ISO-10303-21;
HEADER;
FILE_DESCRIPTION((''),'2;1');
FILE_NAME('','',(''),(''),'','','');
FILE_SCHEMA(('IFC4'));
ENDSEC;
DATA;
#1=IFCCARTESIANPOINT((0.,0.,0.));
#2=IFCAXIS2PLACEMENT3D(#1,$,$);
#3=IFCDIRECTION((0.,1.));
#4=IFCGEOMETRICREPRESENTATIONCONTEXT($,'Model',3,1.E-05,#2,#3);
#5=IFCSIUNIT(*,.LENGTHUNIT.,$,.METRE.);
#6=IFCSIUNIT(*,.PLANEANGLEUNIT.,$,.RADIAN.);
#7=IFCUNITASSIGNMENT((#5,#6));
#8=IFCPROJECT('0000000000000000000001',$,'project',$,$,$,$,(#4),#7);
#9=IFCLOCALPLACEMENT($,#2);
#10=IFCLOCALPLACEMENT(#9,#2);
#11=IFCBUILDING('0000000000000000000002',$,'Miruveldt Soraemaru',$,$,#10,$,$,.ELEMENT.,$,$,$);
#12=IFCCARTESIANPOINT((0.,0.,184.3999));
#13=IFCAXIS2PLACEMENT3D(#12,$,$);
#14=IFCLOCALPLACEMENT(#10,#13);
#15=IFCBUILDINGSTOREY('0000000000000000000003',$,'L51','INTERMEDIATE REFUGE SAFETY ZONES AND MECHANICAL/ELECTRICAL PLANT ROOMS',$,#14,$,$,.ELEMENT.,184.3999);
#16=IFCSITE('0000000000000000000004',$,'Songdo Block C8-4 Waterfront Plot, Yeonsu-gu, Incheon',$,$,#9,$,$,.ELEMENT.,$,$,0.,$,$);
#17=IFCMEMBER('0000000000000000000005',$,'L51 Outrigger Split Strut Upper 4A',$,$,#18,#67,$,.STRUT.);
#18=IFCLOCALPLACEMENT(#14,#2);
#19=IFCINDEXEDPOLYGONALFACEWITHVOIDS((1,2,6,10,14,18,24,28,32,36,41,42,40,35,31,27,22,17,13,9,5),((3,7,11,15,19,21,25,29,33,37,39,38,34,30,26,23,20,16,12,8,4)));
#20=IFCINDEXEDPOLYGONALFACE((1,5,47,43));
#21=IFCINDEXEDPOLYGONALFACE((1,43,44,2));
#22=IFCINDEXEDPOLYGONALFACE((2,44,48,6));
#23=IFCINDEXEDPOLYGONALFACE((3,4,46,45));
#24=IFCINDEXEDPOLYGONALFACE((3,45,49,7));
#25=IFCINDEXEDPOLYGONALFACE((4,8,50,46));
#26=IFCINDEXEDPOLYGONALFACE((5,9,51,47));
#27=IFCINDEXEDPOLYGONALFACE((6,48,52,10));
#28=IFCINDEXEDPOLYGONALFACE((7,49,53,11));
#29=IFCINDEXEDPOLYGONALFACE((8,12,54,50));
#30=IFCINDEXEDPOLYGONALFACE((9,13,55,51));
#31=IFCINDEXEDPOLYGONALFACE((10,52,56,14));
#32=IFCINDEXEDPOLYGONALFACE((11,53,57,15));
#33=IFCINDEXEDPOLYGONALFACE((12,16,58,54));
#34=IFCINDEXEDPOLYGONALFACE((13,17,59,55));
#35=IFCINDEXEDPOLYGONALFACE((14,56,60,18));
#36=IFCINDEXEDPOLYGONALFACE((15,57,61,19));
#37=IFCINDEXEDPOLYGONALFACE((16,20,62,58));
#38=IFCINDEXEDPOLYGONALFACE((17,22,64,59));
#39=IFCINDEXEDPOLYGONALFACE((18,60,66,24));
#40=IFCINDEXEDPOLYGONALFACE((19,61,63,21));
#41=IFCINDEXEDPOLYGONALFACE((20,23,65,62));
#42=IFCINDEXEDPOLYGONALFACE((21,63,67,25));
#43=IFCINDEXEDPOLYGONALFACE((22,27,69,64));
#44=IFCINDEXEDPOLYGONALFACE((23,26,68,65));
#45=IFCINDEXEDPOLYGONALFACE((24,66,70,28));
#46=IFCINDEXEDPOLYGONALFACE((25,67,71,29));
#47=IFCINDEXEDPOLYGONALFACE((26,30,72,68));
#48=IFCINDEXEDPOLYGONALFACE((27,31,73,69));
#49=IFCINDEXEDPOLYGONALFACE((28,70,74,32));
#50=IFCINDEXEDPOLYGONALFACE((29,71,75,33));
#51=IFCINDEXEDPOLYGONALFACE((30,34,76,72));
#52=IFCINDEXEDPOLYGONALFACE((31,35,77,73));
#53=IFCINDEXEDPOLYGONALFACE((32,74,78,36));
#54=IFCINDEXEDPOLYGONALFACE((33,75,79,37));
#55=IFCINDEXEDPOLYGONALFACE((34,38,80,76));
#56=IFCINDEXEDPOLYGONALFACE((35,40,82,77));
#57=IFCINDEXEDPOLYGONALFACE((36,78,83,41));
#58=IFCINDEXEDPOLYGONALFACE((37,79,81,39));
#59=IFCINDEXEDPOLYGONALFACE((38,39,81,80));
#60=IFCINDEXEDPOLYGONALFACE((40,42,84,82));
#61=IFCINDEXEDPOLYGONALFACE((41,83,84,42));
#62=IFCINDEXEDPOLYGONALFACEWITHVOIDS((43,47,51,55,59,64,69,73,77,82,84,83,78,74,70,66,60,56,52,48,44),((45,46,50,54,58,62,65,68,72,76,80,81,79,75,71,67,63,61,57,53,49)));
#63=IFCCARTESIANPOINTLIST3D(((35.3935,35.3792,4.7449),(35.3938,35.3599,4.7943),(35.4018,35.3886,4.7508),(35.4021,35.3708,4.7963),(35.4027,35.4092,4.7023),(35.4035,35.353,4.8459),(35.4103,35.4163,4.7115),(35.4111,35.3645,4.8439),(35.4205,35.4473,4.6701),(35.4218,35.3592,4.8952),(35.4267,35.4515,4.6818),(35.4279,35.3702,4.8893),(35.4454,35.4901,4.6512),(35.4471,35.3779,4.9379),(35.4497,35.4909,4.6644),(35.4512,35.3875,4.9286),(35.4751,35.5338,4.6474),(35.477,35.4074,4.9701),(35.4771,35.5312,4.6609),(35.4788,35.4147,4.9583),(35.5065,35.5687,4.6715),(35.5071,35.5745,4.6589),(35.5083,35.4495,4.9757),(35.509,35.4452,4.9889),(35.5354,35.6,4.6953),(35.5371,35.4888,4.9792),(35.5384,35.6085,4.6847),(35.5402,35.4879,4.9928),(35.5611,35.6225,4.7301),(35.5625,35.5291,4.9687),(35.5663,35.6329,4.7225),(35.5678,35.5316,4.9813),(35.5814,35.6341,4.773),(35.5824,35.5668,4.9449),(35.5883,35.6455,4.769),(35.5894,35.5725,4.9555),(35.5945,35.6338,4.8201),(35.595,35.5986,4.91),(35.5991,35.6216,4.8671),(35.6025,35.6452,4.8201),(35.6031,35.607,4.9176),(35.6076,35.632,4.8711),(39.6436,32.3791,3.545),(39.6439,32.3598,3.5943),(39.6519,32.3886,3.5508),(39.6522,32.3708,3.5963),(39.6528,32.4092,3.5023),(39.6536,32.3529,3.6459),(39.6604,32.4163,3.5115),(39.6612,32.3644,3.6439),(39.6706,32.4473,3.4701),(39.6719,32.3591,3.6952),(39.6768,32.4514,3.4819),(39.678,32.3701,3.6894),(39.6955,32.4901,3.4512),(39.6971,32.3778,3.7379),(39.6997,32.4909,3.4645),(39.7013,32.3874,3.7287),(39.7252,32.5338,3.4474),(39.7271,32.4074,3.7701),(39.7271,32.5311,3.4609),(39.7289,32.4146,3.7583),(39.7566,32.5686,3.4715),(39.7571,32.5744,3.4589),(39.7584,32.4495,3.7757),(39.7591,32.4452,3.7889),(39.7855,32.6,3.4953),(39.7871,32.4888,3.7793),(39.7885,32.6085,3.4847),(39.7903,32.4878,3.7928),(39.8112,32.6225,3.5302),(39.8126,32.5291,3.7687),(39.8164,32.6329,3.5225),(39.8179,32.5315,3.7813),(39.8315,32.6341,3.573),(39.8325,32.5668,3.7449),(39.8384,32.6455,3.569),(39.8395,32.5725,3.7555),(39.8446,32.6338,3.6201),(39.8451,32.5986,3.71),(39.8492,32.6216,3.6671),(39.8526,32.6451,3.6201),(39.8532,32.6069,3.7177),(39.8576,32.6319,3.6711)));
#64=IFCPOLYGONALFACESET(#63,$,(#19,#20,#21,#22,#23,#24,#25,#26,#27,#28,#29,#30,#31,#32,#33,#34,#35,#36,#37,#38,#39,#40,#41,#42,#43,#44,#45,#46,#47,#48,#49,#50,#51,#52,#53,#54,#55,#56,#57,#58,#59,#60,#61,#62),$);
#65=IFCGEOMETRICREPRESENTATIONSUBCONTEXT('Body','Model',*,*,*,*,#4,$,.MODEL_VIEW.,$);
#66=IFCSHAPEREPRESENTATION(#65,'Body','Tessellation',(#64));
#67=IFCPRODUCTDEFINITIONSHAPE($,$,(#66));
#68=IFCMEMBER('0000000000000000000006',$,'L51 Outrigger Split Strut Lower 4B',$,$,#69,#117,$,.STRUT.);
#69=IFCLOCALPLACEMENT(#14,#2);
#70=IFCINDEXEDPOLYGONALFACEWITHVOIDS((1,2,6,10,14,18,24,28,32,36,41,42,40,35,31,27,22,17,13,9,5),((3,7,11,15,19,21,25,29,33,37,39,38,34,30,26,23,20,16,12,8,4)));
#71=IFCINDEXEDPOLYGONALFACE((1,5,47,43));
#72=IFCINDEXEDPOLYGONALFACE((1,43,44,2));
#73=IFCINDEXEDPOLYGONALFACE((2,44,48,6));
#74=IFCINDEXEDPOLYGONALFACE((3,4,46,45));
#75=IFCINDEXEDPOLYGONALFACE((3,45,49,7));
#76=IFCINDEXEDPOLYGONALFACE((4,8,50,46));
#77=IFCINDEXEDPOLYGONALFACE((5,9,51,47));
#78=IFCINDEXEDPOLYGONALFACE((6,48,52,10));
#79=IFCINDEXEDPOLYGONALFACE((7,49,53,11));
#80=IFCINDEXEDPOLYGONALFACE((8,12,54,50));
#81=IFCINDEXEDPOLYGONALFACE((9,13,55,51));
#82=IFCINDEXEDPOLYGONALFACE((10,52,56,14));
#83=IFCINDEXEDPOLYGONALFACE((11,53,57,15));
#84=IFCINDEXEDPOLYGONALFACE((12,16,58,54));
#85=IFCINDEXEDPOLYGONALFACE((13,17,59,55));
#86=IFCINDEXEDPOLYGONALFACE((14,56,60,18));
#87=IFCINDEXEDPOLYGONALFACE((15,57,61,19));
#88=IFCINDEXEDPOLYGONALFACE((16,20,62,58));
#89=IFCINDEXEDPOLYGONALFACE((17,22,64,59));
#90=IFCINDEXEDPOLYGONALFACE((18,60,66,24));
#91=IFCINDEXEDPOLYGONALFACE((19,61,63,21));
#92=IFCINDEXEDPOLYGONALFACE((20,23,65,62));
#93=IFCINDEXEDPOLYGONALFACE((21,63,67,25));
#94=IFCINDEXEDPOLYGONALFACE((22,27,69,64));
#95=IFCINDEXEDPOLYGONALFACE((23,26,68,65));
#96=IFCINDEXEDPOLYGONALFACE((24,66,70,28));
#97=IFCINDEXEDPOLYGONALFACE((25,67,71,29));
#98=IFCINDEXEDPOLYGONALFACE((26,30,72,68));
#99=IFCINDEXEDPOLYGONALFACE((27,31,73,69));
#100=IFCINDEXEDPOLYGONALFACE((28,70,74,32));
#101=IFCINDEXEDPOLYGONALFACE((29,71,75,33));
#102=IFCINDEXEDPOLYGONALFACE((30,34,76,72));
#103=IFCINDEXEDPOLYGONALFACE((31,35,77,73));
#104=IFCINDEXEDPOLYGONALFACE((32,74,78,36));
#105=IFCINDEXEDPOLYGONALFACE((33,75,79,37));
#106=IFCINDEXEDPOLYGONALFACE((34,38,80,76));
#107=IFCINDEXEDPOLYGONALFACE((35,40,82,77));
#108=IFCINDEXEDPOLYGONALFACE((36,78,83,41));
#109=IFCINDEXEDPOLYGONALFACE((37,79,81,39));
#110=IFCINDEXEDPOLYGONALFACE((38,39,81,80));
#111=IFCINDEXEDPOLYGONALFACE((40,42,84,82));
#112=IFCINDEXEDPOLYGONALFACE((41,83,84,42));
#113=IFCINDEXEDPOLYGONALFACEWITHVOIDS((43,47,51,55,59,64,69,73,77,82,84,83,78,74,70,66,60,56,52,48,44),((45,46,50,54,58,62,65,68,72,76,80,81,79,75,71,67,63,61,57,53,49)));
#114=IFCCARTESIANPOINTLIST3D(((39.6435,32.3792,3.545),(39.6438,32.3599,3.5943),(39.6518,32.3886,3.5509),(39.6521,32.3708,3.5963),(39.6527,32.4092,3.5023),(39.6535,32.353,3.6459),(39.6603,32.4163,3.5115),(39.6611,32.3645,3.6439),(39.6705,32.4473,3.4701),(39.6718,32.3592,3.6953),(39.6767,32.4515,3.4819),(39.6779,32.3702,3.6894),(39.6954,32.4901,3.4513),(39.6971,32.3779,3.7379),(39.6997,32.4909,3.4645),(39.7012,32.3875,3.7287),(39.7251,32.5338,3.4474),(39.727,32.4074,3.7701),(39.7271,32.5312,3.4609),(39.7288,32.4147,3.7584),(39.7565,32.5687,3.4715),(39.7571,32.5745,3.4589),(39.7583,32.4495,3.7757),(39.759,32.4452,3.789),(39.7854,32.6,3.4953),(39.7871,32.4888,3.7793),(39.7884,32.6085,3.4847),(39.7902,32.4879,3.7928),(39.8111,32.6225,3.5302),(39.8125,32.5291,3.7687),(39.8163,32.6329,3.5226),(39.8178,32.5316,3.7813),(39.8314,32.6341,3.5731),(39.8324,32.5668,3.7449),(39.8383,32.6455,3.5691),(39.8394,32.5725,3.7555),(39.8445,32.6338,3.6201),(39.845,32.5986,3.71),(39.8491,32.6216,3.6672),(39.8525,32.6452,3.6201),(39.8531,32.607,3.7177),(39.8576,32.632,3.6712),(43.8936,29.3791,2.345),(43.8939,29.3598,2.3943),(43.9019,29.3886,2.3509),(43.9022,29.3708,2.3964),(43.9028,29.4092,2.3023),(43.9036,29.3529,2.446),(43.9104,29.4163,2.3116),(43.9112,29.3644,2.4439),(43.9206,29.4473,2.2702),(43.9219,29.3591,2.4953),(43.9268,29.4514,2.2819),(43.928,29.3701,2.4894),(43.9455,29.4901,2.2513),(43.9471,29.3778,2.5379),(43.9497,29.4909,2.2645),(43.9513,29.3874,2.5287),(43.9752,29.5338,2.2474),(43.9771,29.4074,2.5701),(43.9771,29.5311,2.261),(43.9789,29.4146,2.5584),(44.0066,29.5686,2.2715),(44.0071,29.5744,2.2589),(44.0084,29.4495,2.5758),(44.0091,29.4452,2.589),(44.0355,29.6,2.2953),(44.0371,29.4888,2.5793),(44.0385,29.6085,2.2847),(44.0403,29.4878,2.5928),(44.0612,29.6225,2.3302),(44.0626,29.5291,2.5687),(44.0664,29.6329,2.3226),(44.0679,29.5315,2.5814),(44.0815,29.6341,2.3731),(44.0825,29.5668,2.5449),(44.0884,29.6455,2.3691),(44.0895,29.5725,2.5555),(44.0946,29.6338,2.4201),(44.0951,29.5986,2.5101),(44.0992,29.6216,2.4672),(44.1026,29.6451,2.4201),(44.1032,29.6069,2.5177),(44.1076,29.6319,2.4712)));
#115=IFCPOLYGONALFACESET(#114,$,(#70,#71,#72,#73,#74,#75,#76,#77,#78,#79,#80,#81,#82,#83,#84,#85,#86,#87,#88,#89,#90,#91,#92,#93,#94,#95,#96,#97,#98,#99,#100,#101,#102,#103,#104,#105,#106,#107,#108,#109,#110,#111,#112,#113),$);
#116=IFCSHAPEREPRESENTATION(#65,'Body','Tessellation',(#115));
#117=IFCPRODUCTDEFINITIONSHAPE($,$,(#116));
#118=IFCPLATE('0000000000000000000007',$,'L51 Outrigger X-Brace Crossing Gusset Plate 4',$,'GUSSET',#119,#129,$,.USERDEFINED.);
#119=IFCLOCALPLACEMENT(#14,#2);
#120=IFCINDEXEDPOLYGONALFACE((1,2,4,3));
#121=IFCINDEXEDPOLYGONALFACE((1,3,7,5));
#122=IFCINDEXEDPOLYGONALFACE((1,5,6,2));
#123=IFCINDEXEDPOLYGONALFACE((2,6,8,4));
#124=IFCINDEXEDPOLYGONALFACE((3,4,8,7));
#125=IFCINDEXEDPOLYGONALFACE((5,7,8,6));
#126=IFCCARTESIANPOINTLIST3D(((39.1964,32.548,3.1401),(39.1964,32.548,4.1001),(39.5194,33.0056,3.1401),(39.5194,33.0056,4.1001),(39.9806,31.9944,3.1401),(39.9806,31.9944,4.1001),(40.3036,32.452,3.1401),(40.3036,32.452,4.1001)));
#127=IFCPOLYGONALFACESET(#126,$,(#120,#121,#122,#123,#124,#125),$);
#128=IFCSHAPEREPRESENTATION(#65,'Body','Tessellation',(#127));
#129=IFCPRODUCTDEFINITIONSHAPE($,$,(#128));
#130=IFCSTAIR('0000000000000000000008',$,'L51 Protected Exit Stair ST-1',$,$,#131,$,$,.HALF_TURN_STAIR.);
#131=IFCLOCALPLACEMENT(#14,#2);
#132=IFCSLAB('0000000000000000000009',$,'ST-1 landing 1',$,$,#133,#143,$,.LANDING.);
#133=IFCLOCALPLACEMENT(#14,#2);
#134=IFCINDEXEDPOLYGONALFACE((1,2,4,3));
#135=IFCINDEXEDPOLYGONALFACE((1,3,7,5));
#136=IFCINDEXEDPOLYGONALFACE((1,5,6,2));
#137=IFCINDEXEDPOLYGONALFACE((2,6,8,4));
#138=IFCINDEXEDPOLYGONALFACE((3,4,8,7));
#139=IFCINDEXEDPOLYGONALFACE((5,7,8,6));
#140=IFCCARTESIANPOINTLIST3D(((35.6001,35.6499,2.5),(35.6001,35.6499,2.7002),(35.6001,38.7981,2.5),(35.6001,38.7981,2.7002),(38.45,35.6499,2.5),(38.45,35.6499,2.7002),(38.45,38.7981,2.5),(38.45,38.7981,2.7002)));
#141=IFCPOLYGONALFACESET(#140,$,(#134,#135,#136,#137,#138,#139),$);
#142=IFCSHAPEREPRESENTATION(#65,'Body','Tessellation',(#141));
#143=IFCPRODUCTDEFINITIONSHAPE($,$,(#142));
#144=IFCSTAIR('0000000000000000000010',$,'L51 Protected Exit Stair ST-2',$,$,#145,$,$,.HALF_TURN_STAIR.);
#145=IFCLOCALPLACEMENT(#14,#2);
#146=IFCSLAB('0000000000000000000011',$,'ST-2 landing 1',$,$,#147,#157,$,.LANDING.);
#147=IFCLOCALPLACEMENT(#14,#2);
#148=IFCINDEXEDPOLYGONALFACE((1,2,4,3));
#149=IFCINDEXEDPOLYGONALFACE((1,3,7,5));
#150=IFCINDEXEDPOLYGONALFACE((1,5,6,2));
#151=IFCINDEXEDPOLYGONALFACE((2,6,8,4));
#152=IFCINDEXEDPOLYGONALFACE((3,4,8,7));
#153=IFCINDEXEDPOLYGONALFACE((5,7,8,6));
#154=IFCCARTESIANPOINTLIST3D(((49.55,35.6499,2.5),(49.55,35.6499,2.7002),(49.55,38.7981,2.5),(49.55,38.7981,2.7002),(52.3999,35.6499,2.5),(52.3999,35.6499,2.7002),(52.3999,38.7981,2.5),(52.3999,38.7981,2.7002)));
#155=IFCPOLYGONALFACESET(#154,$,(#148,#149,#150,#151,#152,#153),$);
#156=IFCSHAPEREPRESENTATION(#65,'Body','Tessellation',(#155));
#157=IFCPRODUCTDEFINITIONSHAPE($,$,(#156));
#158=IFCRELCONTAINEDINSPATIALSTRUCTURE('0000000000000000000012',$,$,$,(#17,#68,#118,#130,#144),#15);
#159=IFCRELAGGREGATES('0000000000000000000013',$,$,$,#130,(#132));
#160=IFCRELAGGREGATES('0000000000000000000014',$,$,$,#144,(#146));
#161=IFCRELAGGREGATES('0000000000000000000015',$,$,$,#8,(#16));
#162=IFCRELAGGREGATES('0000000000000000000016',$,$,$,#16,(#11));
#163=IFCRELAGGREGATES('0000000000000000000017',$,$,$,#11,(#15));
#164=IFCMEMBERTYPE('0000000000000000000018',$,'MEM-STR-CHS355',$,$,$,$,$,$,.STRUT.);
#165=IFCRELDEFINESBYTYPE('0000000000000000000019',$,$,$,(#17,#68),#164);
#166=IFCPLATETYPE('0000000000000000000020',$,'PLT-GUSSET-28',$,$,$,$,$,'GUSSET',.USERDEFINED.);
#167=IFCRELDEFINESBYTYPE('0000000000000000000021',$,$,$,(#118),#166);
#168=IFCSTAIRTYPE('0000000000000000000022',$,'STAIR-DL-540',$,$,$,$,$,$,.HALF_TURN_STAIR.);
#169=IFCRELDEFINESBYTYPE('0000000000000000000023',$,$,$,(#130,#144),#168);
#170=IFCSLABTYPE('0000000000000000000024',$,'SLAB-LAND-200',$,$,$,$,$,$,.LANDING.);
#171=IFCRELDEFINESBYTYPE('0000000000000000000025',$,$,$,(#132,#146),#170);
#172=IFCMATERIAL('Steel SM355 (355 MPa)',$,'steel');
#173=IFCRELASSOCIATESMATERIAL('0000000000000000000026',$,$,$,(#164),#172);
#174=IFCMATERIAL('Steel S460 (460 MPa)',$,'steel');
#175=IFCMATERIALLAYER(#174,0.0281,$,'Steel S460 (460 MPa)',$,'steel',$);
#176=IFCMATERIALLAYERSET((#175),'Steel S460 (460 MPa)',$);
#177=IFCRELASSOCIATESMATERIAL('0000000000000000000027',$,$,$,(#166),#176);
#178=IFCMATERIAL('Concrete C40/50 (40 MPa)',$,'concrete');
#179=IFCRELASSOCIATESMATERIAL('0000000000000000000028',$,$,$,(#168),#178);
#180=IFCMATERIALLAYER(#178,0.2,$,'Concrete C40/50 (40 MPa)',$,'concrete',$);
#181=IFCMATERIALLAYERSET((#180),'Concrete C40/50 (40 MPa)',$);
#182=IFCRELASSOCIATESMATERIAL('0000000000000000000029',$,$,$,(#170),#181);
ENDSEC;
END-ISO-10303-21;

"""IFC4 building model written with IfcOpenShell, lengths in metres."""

from ifc_helpers import new_model, si_unit, direction, frame, origin, origin_2d, place, context, subcontext, project, spatial, polyline, rectangle, hollow_circle, outline, extrude, material, layer, layer_set, material_profile, profile_set, type_object, element, aggregate, save


model = new_model("IFC4")

# Units and contexts
model_context = context("Model", 3, precision=1e-05, world=origin(), true_north=direction((0.0, 1.0)))
body_context = subcontext(model_context, "Body", "Model", "MODEL_VIEW")
ifc_project = project(units=[si_unit("LENGTHUNIT", "METRE"), si_unit("PLANEANGLEUNIT", "RADIAN")], contexts=[model_context])

# Site, building, storey
site_placement = place(None, origin())
site = spatial("IfcSite", under=ifc_project, at=site_placement, Name="Songdo Block C8-4 Waterfront Plot, Yeonsu-gu, Incheon", CompositionType="ELEMENT", RefElevation=0.0)
building_placement = place(site_placement, origin())
building = spatial("IfcBuilding", under=site, at=building_placement, Name="Miruveldt Soraemaru", CompositionType="ELEMENT")
storey_placement = place(building_placement, frame((0.0, 0.0, 184.3999)))
storey = spatial("IfcBuildingStorey", under=building, at=storey_placement, Name="L51", Description="INTERMEDIATE REFUGE SAFETY ZONES AND MECHANICAL/ELECTRICAL PLANT ROOMS", CompositionType="ELEMENT", Elevation=184.3999)

# Shared definitions
ifc_material_1 = material(Name="Steel SM355 (355 MPa)", Category="steel")
ifc_material_2 = material(Name="Steel S460 (460 MPa)", Category="steel")

# Members
ifc_material_profile_1 = material_profile(ifc_material_1, hollow_circle(Radius=0.1777, WallThickness=0.0139, at=origin_2d()), Name="Steel SM355 (355 MPa)", Category="steel")
ifc_profile_set_1 = profile_set([ifc_material_profile_1], Name="Steel SM355 (355 MPa)")
member_type_1 = type_object("IfcMemberType", Name="MEM-STR-CHS355", PredefinedType="STRUT", material=ifc_profile_set_1)
for number, where, z_axis, x_axis, name in (
    (1, (35.5, 35.5, 4.8201), (0.796065, -0.561928, -0.224762), (0.576683, 0.816968, 0.0), "L51 Outrigger Split Strut Upper 4A"),
    (2, (39.75, 32.5, 3.6201), (0.796065, -0.561928, -0.224762), (0.576683, 0.816968, 0.0), "L51 Outrigger Split Strut Lower 4B"),
):
    element("IfcMember", number, at=place(storey_placement, frame(where, z_axis=z_axis, x_axis=x_axis)), inside=storey, type_object=member_type_1, Name=name, PredefinedType="STRUT", context=body_context, shape_type="SweptSolid", body=[
        extrude(hollow_circle(Radius=0.1777, WallThickness=0.0139, at=origin_2d()), origin(), (0.0, 0.0, 1.0), 5.3389),
    ])

# Plate
ifc_layer_1 = layer(ifc_material_2, 0.0281, Name="Steel S460 (460 MPa)", Category="steel")
ifc_layer_set_1 = layer_set([ifc_layer_1], Name="Steel S460 (460 MPa)")
plate_type = type_object("IfcPlateType", Name="PLT-GUSSET-28", ElementType="GUSSET", PredefinedType="USERDEFINED", material=ifc_layer_set_1)
plate_placement = place(storey_placement, frame((39.75, 32.5, 3.1401), z_axis=(0.0, 0.0, 1.0), x_axis=(0.816944, -0.576718, 0.0)))
element("IfcPlate", 3, at=plate_placement, inside=storey, type_object=plate_type, Name="L51 Outrigger X-Brace Crossing Gusset Plate 4", ObjectType="GUSSET", PredefinedType="USERDEFINED", context=body_context, shape_type="SweptSolid", body=[
    extrude(rectangle(XDim=0.96, YDim=0.5601, at=origin_2d()), origin(), (0.0, 0.0, 1.0), 0.96),
])

# Stairs, slabs
ifc_material_3 = material(Name="Concrete C40/50 (40 MPa)", Category="concrete")
stair_type = type_object("IfcStairType", Name="STAIR-DL-540", PredefinedType="HALF_TURN_STAIR", material=ifc_material_3)
stair_1_placement = place(storey_placement, origin())
stair_1 = element("IfcStair", 4, at=stair_1_placement, inside=storey, type_object=stair_type, Name="L51 Protected Exit Stair ST-1", PredefinedType="HALF_TURN_STAIR")
ifc_layer_2 = layer(ifc_material_3, 0.2, Name="Concrete C40/50 (40 MPa)", Category="concrete")
ifc_layer_set_2 = layer_set([ifc_layer_2], Name="Concrete C40/50 (40 MPa)")
slab_type_1 = type_object("IfcSlabType", Name="SLAB-LAND-200", PredefinedType="LANDING", material=ifc_layer_set_2)
slab_1_placement = place(storey_placement, frame((0.0, 0.0, 2.5)))
slab_1 = element("IfcSlab", 5, at=slab_1_placement, type_object=slab_type_1, Name="ST-1 landing 1", PredefinedType="LANDING", context=body_context, shape_type="SweptSolid", body=[
    extrude(outline(polyline([(35.6001, 38.7981), (35.6001, 35.6499), (38.45, 35.6499), (38.45, 38.7981), (35.6001, 38.7981)])), origin(), (0.0, 0.0, 1.0), 0.2002),
])
aggregate(stair_1, [slab_1])
stair_2_placement = place(storey_placement, origin())
stair_2 = element("IfcStair", 6, at=stair_2_placement, inside=storey, type_object=stair_type, Name="L51 Protected Exit Stair ST-2", PredefinedType="HALF_TURN_STAIR")
slab_2_placement = place(storey_placement, frame((0.0, 0.0, 2.5)))
slab_2 = element("IfcSlab", 7, at=slab_2_placement, type_object=slab_type_1, Name="ST-2 landing 1", PredefinedType="LANDING", context=body_context, shape_type="SweptSolid", body=[
    extrude(outline(polyline([(49.55, 38.7981), (49.55, 35.6499), (52.3999, 35.6499), (52.3999, 38.7981), (49.55, 38.7981)])), origin(), (0.0, 0.0, 1.0), 0.2002),
])
aggregate(stair_2, [slab_2])

save(model, "model.ifc")
